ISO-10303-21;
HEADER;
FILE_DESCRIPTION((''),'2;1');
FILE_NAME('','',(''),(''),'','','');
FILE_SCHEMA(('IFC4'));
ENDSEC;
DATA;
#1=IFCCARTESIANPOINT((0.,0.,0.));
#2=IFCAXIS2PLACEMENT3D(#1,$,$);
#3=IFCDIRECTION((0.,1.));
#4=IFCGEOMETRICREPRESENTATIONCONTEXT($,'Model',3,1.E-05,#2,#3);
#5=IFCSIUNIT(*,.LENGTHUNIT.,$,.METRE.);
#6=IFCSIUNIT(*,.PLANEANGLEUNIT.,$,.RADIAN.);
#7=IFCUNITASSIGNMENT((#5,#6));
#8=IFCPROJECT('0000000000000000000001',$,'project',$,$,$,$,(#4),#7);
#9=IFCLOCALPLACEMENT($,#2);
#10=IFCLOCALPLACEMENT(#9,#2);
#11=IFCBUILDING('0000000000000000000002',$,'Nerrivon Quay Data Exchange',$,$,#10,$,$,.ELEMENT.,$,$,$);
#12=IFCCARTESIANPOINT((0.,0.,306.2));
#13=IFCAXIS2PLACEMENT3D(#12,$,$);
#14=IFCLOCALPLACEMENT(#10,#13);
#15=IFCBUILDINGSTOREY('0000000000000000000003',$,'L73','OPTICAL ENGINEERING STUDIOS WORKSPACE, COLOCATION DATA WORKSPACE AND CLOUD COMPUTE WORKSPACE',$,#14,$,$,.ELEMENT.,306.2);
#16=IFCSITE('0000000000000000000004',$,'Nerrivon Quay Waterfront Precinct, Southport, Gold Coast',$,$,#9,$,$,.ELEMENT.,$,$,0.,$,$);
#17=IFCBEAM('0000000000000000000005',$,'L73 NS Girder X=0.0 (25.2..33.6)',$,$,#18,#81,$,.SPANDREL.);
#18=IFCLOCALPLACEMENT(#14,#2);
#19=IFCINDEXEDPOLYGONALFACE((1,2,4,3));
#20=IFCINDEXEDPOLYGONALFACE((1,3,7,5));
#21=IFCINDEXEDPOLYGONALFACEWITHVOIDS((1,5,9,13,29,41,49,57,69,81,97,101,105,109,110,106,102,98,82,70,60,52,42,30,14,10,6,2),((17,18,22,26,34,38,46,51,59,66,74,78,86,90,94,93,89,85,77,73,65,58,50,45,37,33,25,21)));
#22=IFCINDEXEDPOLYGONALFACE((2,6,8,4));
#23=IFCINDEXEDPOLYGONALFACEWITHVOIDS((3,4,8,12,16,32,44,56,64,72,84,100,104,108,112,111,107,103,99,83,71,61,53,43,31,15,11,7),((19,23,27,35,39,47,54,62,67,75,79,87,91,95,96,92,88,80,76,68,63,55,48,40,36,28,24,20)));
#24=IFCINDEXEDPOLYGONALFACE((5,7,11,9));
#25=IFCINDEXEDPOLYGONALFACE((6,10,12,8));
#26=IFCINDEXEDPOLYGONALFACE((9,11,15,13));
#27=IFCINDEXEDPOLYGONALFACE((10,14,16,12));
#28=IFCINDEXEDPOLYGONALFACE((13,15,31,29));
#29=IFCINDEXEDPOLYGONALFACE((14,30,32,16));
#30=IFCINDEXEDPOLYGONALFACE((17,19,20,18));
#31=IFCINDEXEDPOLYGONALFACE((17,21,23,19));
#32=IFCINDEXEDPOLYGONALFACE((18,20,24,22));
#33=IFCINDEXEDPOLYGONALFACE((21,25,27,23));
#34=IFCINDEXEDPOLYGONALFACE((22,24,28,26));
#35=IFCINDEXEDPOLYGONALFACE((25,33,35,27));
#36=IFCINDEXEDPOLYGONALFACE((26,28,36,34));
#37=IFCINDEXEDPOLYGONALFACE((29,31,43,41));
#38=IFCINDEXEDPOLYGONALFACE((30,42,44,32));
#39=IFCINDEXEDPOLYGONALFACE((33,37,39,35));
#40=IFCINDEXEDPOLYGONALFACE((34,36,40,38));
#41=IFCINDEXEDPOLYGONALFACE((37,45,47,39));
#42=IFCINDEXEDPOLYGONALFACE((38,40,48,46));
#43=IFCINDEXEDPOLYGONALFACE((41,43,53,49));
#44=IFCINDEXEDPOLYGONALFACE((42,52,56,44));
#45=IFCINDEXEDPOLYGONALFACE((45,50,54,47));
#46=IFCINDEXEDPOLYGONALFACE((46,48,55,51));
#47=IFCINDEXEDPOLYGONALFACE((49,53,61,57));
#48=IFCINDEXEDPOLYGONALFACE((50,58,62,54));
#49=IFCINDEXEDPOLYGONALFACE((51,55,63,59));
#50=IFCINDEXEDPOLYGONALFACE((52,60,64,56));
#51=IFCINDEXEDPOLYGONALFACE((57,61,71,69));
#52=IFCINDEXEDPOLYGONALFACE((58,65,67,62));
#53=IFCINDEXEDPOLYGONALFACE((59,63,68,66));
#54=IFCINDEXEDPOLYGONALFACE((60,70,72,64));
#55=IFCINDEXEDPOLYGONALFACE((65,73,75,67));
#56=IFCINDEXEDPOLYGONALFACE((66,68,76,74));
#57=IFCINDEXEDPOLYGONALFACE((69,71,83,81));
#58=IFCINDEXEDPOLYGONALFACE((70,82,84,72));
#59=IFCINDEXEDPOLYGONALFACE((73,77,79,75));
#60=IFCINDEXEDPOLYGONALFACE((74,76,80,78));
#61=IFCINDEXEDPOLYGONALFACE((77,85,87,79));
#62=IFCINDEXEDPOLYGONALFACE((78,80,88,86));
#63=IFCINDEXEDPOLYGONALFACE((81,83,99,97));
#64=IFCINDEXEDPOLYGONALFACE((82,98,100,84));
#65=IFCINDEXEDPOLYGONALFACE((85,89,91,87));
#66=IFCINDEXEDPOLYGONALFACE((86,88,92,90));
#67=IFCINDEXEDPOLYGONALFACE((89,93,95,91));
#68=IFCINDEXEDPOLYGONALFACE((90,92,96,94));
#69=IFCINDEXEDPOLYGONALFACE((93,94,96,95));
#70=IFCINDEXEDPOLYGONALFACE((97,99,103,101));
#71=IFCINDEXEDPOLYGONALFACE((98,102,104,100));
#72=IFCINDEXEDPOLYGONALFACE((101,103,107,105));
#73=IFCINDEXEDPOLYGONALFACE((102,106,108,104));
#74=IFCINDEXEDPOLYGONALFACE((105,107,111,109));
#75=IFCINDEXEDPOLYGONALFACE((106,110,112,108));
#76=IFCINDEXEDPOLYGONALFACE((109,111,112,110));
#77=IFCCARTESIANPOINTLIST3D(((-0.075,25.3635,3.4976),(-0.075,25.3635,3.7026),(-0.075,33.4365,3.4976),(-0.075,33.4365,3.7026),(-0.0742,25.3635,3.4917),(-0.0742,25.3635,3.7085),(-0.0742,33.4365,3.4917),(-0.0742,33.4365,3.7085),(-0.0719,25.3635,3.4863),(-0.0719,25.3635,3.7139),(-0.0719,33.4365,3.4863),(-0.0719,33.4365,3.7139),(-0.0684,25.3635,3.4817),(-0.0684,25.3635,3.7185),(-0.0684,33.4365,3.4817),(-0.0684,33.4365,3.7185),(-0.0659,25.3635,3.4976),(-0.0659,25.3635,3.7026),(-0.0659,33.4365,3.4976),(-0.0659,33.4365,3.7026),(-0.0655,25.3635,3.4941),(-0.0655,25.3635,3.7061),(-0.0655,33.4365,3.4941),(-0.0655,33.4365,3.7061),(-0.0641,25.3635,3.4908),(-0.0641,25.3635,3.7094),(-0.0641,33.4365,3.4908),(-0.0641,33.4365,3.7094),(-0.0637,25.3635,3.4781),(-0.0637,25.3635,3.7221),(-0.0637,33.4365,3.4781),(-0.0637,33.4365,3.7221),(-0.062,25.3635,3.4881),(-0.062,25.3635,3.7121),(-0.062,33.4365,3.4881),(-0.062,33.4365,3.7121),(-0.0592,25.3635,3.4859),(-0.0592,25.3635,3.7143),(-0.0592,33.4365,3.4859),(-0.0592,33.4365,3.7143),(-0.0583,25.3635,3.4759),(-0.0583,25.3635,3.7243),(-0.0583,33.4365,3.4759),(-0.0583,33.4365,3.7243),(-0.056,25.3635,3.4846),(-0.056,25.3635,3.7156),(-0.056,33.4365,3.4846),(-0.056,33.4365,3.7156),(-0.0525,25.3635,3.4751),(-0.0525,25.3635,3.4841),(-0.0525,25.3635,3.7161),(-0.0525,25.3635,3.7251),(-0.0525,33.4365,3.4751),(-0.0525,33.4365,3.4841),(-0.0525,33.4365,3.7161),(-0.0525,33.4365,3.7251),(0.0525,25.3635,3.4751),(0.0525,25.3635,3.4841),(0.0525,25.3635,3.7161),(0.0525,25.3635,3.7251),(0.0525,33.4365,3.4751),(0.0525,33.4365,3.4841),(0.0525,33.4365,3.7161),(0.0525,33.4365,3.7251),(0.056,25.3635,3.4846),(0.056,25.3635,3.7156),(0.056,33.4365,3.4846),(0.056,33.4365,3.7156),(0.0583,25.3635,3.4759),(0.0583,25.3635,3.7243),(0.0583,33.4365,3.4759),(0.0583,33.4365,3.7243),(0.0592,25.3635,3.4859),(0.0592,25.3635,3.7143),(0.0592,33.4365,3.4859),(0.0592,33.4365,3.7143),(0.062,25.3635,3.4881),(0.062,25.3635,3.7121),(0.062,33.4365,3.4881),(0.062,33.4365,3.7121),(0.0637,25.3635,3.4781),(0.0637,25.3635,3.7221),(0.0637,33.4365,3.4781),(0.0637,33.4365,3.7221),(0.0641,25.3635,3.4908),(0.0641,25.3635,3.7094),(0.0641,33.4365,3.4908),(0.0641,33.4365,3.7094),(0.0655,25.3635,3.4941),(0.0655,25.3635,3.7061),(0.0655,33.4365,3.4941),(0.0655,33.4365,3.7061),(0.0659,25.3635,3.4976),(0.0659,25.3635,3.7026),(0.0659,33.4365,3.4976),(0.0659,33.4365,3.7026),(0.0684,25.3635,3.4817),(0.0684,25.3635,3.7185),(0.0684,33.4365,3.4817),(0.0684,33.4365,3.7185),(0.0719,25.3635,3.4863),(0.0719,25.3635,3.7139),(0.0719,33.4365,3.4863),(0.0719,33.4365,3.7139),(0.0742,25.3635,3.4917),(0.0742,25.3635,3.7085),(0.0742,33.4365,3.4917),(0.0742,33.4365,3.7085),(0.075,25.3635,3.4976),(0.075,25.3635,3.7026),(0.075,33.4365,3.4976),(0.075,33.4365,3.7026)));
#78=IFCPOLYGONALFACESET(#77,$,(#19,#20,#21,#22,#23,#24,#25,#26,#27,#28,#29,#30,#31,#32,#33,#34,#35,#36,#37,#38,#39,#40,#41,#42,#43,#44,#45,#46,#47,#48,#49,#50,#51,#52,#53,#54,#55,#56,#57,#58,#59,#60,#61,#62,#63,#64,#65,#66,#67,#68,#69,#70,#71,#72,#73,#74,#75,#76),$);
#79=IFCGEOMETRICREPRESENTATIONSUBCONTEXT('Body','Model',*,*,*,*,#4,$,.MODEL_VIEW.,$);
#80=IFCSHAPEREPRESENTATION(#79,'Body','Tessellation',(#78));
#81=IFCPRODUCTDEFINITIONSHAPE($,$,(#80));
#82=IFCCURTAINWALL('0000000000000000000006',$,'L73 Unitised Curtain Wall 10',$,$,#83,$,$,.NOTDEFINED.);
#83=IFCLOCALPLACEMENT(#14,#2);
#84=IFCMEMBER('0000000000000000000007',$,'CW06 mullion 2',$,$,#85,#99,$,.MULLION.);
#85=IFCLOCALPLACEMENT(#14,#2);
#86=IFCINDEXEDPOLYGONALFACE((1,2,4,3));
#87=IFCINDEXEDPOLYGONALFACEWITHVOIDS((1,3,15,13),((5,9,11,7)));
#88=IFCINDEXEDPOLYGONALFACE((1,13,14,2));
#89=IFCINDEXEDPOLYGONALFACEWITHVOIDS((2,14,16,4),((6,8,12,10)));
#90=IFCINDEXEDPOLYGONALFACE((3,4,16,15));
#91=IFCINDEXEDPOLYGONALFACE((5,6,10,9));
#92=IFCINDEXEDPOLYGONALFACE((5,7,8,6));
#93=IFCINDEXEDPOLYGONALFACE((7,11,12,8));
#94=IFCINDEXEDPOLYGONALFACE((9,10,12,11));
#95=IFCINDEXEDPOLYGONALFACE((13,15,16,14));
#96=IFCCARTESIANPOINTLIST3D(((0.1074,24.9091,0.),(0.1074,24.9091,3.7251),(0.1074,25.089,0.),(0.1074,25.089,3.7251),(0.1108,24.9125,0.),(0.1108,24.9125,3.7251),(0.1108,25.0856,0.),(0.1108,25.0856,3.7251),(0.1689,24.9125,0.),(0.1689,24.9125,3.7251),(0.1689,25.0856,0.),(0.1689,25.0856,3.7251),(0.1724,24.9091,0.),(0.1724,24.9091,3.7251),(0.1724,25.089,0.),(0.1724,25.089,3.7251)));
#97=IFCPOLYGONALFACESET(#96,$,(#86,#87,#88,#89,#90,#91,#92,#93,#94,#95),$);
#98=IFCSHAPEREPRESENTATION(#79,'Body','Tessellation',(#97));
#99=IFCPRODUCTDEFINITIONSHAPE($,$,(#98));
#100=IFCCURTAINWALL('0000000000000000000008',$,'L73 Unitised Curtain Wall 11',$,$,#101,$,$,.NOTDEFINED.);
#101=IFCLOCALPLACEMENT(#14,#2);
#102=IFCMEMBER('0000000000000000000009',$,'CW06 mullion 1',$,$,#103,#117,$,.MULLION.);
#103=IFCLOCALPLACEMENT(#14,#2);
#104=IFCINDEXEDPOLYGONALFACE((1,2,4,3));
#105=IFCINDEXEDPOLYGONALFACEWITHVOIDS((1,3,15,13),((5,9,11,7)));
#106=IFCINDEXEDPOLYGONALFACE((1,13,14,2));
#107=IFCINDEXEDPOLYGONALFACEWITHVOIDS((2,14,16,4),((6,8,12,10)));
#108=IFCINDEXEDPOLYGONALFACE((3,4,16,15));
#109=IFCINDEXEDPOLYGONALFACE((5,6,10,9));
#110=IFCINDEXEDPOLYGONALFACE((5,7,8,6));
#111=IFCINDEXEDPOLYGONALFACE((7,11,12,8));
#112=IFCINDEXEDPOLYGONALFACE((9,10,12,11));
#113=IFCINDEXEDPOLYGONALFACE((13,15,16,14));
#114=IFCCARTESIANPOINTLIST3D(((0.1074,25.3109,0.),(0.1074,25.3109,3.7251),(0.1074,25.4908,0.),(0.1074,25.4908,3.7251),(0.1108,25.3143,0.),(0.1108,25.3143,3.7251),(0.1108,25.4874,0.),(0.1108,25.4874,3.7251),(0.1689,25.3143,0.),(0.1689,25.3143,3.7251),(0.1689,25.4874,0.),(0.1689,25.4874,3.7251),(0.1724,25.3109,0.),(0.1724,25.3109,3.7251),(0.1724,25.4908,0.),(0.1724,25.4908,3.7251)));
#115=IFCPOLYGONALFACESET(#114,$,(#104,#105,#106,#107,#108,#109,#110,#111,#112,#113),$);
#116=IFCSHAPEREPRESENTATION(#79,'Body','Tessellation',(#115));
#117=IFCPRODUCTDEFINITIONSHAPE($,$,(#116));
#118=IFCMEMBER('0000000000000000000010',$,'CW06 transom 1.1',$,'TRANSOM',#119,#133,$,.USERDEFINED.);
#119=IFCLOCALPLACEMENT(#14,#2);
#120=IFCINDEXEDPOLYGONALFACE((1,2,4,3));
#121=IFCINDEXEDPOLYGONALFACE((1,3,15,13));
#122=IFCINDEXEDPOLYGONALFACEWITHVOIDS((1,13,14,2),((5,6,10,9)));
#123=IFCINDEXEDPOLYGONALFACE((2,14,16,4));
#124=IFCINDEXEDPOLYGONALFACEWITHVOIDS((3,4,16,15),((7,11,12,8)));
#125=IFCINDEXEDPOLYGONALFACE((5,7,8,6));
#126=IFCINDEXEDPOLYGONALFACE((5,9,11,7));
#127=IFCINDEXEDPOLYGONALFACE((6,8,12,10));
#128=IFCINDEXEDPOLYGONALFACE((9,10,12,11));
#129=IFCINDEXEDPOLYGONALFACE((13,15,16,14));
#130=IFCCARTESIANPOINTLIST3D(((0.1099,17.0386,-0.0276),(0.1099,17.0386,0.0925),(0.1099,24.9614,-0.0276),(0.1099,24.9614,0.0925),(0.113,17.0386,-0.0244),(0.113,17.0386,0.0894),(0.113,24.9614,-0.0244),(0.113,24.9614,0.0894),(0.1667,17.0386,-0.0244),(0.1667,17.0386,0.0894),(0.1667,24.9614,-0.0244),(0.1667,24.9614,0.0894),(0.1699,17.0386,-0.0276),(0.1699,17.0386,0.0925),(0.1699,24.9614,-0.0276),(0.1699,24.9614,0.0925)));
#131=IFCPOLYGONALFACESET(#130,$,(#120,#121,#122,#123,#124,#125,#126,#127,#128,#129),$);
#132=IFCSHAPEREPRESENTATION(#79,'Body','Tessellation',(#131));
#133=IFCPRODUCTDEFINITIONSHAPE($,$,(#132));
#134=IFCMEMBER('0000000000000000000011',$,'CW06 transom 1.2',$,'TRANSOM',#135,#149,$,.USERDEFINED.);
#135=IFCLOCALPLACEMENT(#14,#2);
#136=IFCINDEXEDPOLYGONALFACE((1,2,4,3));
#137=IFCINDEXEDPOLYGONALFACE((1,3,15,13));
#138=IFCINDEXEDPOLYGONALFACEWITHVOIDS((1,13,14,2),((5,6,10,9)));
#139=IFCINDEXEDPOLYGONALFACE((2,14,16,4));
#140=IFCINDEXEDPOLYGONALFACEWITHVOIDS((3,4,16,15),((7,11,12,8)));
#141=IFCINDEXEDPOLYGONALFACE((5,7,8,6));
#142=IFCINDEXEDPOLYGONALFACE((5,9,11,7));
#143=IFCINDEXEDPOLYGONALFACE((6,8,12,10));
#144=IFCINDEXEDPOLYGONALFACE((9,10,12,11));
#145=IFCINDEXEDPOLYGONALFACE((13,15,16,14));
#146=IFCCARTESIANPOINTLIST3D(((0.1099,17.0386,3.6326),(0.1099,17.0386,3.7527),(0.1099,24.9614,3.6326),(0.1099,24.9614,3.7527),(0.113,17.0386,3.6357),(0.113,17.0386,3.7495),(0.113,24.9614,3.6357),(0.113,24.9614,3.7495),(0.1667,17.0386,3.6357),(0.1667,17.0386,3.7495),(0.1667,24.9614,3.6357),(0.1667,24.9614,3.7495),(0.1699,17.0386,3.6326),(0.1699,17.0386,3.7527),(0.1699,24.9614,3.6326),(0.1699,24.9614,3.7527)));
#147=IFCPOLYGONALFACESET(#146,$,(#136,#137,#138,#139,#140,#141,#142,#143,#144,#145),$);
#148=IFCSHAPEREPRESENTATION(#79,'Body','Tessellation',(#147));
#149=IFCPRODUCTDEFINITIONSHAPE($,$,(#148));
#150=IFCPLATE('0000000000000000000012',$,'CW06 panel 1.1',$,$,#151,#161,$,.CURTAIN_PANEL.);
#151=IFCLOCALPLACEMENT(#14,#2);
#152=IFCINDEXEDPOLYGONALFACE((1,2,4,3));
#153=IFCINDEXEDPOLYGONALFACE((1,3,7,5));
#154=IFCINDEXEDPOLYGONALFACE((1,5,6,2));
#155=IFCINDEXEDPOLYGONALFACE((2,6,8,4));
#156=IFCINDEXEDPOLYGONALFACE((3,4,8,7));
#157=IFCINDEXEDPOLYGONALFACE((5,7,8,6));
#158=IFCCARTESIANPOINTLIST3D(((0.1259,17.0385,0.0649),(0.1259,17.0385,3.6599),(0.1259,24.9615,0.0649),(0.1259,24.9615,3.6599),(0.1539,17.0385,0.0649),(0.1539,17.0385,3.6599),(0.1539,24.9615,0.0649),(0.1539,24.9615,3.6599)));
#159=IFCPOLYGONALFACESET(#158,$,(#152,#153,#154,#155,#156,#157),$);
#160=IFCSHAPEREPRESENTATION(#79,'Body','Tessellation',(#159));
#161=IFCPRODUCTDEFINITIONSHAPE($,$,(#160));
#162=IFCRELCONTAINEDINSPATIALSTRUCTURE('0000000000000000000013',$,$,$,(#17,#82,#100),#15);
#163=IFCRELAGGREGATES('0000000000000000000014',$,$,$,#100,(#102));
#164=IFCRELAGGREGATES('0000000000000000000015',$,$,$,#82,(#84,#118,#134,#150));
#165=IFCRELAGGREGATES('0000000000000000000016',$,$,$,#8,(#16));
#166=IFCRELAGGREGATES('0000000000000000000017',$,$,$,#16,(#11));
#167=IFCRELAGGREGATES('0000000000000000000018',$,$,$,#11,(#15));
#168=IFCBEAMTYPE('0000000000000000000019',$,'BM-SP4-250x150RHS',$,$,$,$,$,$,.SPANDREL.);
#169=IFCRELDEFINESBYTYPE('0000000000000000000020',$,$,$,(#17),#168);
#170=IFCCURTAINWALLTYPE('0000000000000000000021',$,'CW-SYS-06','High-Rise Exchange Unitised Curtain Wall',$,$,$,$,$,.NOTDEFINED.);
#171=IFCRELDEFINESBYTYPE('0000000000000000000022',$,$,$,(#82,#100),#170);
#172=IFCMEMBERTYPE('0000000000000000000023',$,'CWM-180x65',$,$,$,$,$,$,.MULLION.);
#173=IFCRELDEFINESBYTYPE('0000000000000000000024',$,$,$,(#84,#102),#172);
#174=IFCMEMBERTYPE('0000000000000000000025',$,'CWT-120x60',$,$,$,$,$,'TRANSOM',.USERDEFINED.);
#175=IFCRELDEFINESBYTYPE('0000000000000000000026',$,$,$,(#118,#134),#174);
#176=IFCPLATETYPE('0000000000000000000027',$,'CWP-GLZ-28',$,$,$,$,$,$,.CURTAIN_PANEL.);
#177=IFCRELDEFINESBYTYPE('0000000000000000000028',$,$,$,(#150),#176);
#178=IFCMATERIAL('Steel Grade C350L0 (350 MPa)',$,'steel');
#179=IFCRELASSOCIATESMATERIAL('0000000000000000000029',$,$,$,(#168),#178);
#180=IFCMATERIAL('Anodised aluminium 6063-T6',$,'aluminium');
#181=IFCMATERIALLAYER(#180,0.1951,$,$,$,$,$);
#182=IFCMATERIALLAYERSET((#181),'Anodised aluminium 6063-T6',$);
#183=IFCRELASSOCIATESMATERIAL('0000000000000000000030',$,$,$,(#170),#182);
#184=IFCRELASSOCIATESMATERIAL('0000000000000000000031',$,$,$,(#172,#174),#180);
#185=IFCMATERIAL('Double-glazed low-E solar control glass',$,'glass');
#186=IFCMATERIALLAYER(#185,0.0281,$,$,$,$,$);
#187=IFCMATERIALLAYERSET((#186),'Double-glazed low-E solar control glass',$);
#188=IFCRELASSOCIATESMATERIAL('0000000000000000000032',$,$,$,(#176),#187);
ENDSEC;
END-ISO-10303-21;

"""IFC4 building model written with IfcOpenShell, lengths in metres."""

from ifc_helpers import new_model, si_unit, direction, frame, origin, origin_2d, place, context, subcontext, project, spatial, rectangle, hollow_rectangle, extrude, material, layer, layer_set, material_profile, profile_set, type_object, element, aggregate, save


model = new_model("IFC4")

# Units and contexts
model_context = context("Model", 3, precision=1e-05, world=origin(), true_north=direction((0.0, 1.0)))
body_context = subcontext(model_context, "Body", "Model", "MODEL_VIEW")
ifc_project = project(units=[si_unit("LENGTHUNIT", "METRE"), si_unit("PLANEANGLEUNIT", "RADIAN")], contexts=[model_context])

# Site, building, storey
site_placement = place(None, origin())
site = spatial("IfcSite", under=ifc_project, at=site_placement, Name="Nerrivon Quay Waterfront Precinct, Southport, Gold Coast", CompositionType="ELEMENT", RefElevation=0.0)
building_placement = place(site_placement, origin())
building = spatial("IfcBuilding", under=site, at=building_placement, Name="Nerrivon Quay Data Exchange", CompositionType="ELEMENT")
storey_placement = place(building_placement, frame((0.0, 0.0, 306.2)))
storey = spatial("IfcBuildingStorey", under=building, at=storey_placement, Name="L73", Description="OPTICAL ENGINEERING STUDIOS WORKSPACE, COLOCATION DATA WORKSPACE AND CLOUD COMPUTE WORKSPACE", CompositionType="ELEMENT", Elevation=306.2)

# Beam
ifc_material_1 = material(Name="Steel Grade C350L0 (350 MPa)", Category="steel")
ifc_material_profile_1 = material_profile(ifc_material_1, hollow_rectangle(XDim=0.1499, YDim=0.25, WallThickness=0.009, InnerFilletRadius=0.0134, OuterFilletRadius=0.0225, at=origin_2d()), Name="250x150x9.0RHS")
ifc_profile_set_1 = profile_set([ifc_material_profile_1], Name="Steel Grade C350L0 (350 MPa)")
beam_type_1 = type_object("IfcBeamType", Name="BM-SP4-250x150RHS", PredefinedType="SPANDREL", material=ifc_profile_set_1)
beam_1_placement = place(storey_placement, frame((0.0, 25.3635, 3.6001), z_axis=(0.0, 1.0, 0.0), x_axis=(-1.0, 0.0, 0.0)))
element("IfcBeam", 1, at=beam_1_placement, inside=storey, type_object=beam_type_1, Name="L73 NS Girder X=0.0 (25.2..33.6)", PredefinedType="SPANDREL", context=body_context, shape_type="SweptSolid", body=[
    extrude(hollow_rectangle(XDim=0.1499, YDim=0.25, WallThickness=0.009, InnerFilletRadius=0.0134, OuterFilletRadius=0.0225, at=origin_2d()), origin(), (0.0, 0.0, 1.0), 8.073),
])

# Curtain walls, members
ifc_material_2 = material(Name="Anodised aluminium 6063-T6", Category="aluminium")
ifc_layer_1 = layer(ifc_material_2, 0.1951)
ifc_layer_set_1 = layer_set([ifc_layer_1], Name="Anodised aluminium 6063-T6")
curtain_wall_type = type_object("IfcCurtainWallType", Name="CW-SYS-06", Description="High-Rise Exchange Unitised Curtain Wall", PredefinedType="NOTDEFINED", material=ifc_layer_set_1)
curtain_wall_1_placement = place(storey_placement, origin())
curtain_wall_1 = element("IfcCurtainWall", 2, at=curtain_wall_1_placement, inside=storey, type_object=curtain_wall_type, Name="L73 Unitised Curtain Wall 10", PredefinedType="NOTDEFINED")
ifc_material_profile_2 = material_profile(ifc_material_2, hollow_rectangle(XDim=0.0649, YDim=0.1799, WallThickness=0.0034, at=origin_2d()), Name="ALU-MULL-180x65")
ifc_profile_set_2 = profile_set([ifc_material_profile_2], Name="Anodised aluminium 6063-T6")
member_type_1 = type_object("IfcMemberType", Name="CWM-180x65", PredefinedType="MULLION", material=ifc_profile_set_2)
member_1_placement = place(storey_placement, frame((0.1399, 24.999, 0.0), z_axis=(0.0, 0.0, 1.0), x_axis=(-1.0, 0.0, 0.0)))
member_1 = element("IfcMember", 3, at=member_1_placement, type_object=member_type_1, Name="CW06 mullion 2", PredefinedType="MULLION", context=body_context, shape_type="SweptSolid", body=[
    extrude(hollow_rectangle(XDim=0.0649, YDim=0.1799, WallThickness=0.0034, at=origin_2d()), origin(), (0.0, 0.0, 1.0), 3.7251),
])
curtain_wall_2_placement = place(storey_placement, origin())
curtain_wall_2 = element("IfcCurtainWall", 4, at=curtain_wall_2_placement, inside=storey, type_object=curtain_wall_type, Name="L73 Unitised Curtain Wall 11", PredefinedType="NOTDEFINED")
member_2_placement = place(storey_placement, frame((0.1399, 25.4009, 0.0), z_axis=(0.0, 0.0, 1.0), x_axis=(-1.0, 0.0, 0.0)))
member_2 = element("IfcMember", 5, at=member_2_placement, type_object=member_type_1, Name="CW06 mullion 1", PredefinedType="MULLION", context=body_context, shape_type="SweptSolid", body=[
    extrude(hollow_rectangle(XDim=0.0649, YDim=0.1799, WallThickness=0.0034, at=origin_2d()), origin(), (0.0, 0.0, 1.0), 3.7251),
])
aggregate(curtain_wall_2, [member_2])

# Members
ifc_material_profile_3 = material_profile(ifc_material_2, hollow_rectangle(XDim=0.0601, YDim=0.1201, WallThickness=0.0032, at=origin_2d()), Name="ALU-TRAN-120x60")
ifc_profile_set_3 = profile_set([ifc_material_profile_3], Name="Anodised aluminium 6063-T6")
member_type_2 = type_object("IfcMemberType", Name="CWT-120x60", ElementType="TRANSOM", PredefinedType="USERDEFINED", material=ifc_profile_set_3)
member_3_placement = place(storey_placement, frame((0.1399, 17.0386, 0.0325), z_axis=(0.0, 1.0, 0.0), x_axis=(-1.0, 0.0, 0.0)))
member_3 = element("IfcMember", 6, at=member_3_placement, type_object=member_type_2, Name="CW06 transom 1.1", ObjectType="TRANSOM", PredefinedType="USERDEFINED", context=body_context, shape_type="SweptSolid", body=[
    extrude(hollow_rectangle(XDim=0.0601, YDim=0.1201, WallThickness=0.0032, at=origin_2d()), origin(), (0.0, 0.0, 1.0), 7.9229),
])
member_4_placement = place(storey_placement, frame((0.1399, 17.0386, 3.6926), z_axis=(0.0, 1.0, 0.0), x_axis=(-1.0, 0.0, 0.0)))
member_4 = element("IfcMember", 7, at=member_4_placement, type_object=member_type_2, Name="CW06 transom 1.2", ObjectType="TRANSOM", PredefinedType="USERDEFINED", context=body_context, shape_type="SweptSolid", body=[
    extrude(hollow_rectangle(XDim=0.0601, YDim=0.1201, WallThickness=0.0032, at=origin_2d()), origin(), (0.0, 0.0, 1.0), 7.9229),
])

# Plate
ifc_material_3 = material(Name="Double-glazed low-E solar control glass", Category="glass")
ifc_layer_2 = layer(ifc_material_3, 0.0281)
ifc_layer_set_2 = layer_set([ifc_layer_2], Name="Double-glazed low-E solar control glass")
plate_type = type_object("IfcPlateType", Name="CWP-GLZ-28", PredefinedType="CURTAIN_PANEL", material=ifc_layer_set_2)
plate_placement = place(storey_placement, frame((0.1399, 21.0, 0.0649), z_axis=(0.0, 0.0, 1.0), x_axis=(0.0, 1.0, 0.0)))
plate = element("IfcPlate", 8, at=plate_placement, type_object=plate_type, Name="CW06 panel 1.1", PredefinedType="CURTAIN_PANEL", context=body_context, shape_type="SweptSolid", body=[
    extrude(rectangle(XDim=7.9231, YDim=0.0281, at=origin_2d()), origin(), (0.0, 0.0, 1.0), 3.595),
])
aggregate(curtain_wall_1, [member_1, member_3, member_4, plate])

save(model, "model.ifc")
